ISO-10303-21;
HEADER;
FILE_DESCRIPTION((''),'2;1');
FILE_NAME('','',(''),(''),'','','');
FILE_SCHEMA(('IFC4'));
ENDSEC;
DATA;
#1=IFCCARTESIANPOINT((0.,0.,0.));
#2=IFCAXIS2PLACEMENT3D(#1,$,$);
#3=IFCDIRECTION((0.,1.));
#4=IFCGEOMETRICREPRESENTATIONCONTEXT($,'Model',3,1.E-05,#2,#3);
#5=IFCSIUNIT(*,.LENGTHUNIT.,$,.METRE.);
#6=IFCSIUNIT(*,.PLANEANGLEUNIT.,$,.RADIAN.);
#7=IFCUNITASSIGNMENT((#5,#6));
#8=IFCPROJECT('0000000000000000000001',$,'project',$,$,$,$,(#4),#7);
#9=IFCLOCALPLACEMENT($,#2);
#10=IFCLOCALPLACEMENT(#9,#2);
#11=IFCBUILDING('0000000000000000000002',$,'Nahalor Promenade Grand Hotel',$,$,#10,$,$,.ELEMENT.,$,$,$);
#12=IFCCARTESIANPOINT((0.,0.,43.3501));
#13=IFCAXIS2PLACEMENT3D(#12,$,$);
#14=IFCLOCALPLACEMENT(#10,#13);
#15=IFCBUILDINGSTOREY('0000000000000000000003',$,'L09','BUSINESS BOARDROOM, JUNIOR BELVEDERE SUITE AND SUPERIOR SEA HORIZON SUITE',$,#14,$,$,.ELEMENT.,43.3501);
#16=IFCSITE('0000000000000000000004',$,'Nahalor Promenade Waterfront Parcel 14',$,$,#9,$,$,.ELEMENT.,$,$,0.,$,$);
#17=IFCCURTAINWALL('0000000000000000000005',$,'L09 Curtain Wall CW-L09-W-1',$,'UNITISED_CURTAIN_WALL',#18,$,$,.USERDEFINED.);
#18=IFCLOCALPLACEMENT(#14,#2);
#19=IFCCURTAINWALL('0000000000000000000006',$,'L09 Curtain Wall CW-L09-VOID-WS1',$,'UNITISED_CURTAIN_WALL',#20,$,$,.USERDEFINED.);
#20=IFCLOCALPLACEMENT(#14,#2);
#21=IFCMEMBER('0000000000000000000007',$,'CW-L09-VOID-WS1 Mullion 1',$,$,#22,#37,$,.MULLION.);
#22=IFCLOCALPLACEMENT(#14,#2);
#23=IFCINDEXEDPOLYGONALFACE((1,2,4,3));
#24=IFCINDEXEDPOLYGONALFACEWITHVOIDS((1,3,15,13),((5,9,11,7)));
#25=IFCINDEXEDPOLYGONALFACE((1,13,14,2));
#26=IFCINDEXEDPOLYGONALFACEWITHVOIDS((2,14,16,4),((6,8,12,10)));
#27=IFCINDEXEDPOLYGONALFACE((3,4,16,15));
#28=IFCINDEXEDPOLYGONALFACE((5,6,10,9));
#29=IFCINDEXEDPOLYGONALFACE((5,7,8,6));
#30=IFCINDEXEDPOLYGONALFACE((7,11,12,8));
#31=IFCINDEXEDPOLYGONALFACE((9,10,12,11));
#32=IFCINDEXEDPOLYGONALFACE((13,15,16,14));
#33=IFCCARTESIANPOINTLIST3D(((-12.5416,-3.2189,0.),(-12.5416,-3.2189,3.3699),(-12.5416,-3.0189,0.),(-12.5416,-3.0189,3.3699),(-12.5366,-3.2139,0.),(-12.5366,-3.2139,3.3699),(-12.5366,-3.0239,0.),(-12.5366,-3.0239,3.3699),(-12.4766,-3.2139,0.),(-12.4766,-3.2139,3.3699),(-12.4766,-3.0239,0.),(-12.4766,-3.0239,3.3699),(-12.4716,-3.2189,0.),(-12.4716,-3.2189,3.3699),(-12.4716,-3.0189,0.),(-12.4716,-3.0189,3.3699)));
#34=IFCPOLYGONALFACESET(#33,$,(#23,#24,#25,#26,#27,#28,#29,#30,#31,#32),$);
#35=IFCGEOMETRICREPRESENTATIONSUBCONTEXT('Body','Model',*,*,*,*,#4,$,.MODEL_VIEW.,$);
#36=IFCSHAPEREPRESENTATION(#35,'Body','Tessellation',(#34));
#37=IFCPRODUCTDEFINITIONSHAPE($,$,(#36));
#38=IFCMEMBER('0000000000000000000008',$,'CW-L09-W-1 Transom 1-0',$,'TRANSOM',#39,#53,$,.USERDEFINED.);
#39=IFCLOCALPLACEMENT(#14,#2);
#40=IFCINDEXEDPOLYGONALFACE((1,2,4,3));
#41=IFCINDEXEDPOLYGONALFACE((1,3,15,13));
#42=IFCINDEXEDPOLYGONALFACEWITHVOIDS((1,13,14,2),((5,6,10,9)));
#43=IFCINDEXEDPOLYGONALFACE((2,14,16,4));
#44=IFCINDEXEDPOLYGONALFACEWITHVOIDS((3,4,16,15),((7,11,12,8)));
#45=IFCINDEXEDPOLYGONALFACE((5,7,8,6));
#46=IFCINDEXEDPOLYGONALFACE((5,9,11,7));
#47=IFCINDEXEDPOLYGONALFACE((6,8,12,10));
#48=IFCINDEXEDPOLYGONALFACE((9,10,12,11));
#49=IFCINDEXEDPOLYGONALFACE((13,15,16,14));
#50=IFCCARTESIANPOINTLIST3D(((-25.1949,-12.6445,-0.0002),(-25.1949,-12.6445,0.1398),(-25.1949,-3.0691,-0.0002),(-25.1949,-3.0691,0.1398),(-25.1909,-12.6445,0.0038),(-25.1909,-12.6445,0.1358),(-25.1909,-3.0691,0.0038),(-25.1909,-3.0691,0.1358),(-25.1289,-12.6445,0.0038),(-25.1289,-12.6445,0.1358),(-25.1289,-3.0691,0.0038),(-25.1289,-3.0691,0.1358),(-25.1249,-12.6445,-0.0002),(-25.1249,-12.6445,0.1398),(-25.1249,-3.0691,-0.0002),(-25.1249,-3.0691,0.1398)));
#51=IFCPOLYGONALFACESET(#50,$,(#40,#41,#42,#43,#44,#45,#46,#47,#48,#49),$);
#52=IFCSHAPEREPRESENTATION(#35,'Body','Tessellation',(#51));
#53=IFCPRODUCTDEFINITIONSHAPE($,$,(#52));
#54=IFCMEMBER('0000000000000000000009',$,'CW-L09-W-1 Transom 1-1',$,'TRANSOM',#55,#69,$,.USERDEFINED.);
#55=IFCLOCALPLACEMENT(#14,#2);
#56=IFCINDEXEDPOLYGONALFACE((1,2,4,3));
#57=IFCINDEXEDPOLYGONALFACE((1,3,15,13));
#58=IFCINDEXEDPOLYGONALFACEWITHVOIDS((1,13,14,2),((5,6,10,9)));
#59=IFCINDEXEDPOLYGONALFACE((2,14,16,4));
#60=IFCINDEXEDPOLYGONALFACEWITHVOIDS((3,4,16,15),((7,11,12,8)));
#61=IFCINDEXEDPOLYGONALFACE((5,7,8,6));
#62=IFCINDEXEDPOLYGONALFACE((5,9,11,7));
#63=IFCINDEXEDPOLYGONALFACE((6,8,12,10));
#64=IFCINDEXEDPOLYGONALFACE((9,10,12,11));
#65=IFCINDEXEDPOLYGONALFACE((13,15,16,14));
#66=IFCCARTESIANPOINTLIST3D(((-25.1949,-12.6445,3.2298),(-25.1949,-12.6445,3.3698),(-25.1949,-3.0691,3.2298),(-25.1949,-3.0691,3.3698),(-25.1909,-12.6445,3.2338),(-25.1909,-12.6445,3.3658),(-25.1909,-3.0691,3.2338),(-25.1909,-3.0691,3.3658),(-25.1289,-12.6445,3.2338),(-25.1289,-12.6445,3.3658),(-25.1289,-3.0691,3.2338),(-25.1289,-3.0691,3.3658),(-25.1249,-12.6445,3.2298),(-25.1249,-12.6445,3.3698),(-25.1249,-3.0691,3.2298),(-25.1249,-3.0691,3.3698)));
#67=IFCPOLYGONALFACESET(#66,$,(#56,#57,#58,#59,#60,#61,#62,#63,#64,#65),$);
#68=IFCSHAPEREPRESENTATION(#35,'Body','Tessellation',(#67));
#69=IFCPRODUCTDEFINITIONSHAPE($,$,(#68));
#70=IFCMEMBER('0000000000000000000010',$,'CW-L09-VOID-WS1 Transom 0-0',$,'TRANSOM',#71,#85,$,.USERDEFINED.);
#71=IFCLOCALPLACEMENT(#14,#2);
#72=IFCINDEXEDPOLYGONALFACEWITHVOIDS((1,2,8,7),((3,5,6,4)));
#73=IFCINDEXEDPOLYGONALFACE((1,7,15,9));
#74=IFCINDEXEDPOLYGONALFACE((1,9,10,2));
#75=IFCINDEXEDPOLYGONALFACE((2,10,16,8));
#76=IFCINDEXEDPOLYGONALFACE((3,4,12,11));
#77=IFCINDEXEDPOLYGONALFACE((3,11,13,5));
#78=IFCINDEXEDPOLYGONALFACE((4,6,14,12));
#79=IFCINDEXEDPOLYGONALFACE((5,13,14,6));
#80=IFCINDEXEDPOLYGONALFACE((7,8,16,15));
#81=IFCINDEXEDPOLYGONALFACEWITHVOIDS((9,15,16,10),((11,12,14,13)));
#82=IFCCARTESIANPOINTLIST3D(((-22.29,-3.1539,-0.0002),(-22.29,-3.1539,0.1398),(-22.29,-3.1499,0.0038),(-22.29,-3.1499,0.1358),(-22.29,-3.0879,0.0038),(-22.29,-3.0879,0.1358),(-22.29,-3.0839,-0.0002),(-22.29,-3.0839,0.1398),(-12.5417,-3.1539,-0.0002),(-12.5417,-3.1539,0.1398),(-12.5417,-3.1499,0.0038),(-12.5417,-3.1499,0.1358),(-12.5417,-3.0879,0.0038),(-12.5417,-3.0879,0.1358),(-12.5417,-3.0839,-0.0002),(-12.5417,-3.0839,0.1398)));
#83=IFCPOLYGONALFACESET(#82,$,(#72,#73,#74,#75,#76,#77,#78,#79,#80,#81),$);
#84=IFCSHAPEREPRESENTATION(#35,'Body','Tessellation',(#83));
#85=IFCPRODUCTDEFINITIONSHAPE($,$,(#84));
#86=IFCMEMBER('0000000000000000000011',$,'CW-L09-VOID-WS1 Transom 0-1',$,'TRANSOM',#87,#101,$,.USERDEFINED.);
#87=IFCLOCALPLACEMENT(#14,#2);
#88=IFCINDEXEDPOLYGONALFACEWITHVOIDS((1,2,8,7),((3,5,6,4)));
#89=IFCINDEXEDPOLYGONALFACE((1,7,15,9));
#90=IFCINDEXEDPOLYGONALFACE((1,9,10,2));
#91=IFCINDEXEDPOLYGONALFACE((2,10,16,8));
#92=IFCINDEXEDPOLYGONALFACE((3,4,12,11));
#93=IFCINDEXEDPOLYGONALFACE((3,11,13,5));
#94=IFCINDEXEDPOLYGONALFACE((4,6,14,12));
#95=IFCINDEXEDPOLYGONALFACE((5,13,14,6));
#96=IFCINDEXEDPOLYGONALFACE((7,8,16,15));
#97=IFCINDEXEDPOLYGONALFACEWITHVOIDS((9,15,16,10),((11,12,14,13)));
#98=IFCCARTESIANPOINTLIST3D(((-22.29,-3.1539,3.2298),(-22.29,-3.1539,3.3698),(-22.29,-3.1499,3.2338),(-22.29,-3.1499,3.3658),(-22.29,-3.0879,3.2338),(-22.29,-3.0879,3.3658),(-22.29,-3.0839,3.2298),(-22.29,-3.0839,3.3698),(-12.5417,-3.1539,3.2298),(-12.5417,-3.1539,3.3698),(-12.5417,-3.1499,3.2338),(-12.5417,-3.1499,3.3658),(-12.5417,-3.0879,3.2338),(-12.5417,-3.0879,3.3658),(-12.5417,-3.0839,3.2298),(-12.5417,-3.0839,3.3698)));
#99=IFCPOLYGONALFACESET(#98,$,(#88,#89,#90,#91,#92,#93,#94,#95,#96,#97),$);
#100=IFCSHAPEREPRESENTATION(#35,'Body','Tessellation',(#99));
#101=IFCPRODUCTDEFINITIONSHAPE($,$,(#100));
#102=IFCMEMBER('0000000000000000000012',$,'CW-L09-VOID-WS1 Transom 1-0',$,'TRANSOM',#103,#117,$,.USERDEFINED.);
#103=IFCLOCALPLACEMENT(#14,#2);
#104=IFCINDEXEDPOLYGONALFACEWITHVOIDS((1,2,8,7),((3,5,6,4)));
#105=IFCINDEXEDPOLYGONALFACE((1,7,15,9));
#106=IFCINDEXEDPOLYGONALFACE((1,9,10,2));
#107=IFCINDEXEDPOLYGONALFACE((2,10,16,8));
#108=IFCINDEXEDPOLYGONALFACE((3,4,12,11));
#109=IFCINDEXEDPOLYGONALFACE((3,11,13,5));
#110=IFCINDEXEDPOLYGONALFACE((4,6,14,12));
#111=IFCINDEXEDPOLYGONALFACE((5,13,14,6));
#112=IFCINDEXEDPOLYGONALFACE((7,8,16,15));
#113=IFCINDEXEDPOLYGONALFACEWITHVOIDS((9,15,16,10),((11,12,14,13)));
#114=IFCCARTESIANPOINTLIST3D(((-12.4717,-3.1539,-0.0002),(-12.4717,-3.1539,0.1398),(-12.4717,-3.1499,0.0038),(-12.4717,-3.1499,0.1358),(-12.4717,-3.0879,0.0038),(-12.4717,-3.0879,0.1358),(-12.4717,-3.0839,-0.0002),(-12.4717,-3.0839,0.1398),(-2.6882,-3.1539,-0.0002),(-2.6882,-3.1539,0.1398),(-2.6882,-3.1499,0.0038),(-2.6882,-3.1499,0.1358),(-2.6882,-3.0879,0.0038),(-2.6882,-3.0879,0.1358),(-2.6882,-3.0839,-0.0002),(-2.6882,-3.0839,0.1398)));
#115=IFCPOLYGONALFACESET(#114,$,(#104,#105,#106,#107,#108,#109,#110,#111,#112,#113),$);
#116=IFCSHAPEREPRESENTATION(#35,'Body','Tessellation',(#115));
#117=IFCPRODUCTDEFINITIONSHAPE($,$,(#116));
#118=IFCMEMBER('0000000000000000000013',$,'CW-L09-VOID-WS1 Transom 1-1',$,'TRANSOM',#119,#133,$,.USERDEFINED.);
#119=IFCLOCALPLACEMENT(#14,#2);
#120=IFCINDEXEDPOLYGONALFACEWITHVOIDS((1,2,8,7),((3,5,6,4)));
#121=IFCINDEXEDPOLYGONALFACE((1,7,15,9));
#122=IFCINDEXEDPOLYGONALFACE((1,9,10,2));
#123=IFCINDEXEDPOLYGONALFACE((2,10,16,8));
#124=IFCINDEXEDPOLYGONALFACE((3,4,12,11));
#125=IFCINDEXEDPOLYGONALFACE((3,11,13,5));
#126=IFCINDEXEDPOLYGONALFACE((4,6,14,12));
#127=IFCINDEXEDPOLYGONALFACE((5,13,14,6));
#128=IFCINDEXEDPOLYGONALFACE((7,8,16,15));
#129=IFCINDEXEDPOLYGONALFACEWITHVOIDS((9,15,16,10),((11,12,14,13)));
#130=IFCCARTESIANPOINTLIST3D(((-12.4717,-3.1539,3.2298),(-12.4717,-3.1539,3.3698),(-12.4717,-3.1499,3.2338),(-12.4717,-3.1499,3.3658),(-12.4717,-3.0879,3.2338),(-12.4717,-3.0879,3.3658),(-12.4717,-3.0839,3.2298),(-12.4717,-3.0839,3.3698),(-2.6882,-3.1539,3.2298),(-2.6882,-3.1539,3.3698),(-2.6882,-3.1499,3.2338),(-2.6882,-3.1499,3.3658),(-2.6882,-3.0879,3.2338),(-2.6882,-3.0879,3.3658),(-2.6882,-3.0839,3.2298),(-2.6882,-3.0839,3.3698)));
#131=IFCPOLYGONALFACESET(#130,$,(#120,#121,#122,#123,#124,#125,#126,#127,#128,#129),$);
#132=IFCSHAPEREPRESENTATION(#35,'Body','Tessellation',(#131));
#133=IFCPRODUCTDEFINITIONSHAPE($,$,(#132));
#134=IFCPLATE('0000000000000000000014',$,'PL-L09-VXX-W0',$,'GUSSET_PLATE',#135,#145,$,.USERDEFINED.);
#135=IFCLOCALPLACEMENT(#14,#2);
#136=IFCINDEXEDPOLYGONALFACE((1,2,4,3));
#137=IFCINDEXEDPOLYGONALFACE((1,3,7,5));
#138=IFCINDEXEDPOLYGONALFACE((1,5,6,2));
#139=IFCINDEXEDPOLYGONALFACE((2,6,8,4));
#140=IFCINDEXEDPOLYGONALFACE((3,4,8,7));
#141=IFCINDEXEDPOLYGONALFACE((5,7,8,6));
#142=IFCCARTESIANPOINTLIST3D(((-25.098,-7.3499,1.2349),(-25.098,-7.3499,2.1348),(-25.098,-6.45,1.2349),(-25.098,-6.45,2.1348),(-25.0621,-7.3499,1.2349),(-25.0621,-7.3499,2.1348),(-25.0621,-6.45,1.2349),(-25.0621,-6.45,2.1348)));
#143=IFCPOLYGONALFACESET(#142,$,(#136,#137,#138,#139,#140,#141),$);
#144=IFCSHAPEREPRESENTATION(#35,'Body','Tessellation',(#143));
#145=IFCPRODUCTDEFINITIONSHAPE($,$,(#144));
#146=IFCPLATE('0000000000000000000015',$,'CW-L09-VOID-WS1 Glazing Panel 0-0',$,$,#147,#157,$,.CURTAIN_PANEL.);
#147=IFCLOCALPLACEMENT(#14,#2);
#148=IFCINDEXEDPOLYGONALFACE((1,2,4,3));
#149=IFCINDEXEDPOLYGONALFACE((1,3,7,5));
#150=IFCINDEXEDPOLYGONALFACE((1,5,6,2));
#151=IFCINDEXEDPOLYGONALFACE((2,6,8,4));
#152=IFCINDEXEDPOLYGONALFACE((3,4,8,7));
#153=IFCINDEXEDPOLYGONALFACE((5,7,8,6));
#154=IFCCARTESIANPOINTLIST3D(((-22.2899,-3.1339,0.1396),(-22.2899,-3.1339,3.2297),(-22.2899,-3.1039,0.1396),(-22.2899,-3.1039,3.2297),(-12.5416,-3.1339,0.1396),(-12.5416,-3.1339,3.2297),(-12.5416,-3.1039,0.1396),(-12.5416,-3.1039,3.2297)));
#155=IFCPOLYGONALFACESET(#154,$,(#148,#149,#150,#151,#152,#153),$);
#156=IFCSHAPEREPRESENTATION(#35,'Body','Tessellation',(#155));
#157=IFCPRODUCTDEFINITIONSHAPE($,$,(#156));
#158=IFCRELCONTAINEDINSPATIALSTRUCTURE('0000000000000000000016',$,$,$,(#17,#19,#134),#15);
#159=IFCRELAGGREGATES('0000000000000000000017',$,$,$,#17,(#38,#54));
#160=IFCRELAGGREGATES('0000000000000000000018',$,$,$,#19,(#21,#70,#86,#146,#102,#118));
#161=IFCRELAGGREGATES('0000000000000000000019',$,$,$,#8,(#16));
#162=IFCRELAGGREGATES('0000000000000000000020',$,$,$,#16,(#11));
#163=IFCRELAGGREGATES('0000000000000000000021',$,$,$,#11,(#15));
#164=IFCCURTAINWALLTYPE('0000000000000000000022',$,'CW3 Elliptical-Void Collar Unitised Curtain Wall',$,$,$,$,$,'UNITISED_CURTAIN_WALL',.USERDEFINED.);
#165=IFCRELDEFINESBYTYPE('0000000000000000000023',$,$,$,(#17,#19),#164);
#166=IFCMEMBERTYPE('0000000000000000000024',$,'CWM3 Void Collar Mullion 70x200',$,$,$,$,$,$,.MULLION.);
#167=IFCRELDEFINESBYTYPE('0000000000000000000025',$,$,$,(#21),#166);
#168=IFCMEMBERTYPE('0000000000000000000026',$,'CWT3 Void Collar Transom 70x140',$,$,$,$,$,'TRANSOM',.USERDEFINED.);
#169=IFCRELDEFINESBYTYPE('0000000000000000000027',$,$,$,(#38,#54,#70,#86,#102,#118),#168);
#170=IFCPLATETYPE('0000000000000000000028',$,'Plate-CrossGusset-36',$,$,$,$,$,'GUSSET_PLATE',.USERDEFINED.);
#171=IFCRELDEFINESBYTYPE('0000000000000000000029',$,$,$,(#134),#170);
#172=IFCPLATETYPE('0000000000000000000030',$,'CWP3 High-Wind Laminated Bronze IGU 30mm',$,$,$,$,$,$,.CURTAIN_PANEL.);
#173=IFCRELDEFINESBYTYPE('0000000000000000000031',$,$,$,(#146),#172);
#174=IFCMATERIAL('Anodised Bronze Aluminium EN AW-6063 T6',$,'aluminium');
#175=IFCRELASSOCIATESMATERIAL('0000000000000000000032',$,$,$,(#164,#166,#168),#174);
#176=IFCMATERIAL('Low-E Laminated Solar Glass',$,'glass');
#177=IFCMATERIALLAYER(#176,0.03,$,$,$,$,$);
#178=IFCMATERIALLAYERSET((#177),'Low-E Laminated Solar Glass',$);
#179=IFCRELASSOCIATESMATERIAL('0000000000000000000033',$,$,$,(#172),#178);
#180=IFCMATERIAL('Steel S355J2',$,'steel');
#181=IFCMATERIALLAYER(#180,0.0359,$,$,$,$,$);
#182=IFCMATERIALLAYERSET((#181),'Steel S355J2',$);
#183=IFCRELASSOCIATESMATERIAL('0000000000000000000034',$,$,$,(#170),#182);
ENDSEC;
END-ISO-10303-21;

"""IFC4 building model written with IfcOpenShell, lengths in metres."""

from ifc_helpers import new_model, si_unit, direction, frame, origin, origin_2d, place, context, subcontext, project, spatial, rectangle, hollow_rectangle, extrude, source, transform, mapped, material, layer, layer_set, material_profile, profile_set, type_object, element, aggregate, save


model = new_model("IFC4")

# Units and contexts
model_context = context("Model", 3, precision=1e-05, world=origin(), true_north=direction((0.0, 1.0)))
body_context = subcontext(model_context, "Body", "Model", "MODEL_VIEW")
ifc_project = project(units=[si_unit("LENGTHUNIT", "METRE"), si_unit("PLANEANGLEUNIT", "RADIAN")], contexts=[model_context])

# Site, building, storey
site_placement = place(None, origin())
site = spatial("IfcSite", under=ifc_project, at=site_placement, Name="Nahalor Promenade Waterfront Parcel 14", CompositionType="ELEMENT", RefElevation=0.0)
building_placement = place(site_placement, origin())
building = spatial("IfcBuilding", under=site, at=building_placement, Name="Nahalor Promenade Grand Hotel", CompositionType="ELEMENT")
storey_placement = place(building_placement, frame((0.0, 0.0, 43.3501)))
storey = spatial("IfcBuildingStorey", under=building, at=storey_placement, Name="L09", Description="BUSINESS BOARDROOM, JUNIOR BELVEDERE SUITE AND SUPERIOR SEA HORIZON SUITE", CompositionType="ELEMENT", Elevation=43.3501)

# Shared definitions
ifc_material_1 = material(Name="Steel S355J2", Category="steel")

# Curtain wall
ifc_material_2 = material(Name="Anodised Bronze Aluminium EN AW-6063 T6", Category="aluminium")
curtain_wall_type = type_object("IfcCurtainWallType", Name="CW3 Elliptical-Void Collar Unitised Curtain Wall", ElementType="UNITISED_CURTAIN_WALL", PredefinedType="USERDEFINED", material=ifc_material_2)
curtain_wall_1_placement = place(storey_placement, origin())
curtain_wall_1 = element("IfcCurtainWall", 1, at=curtain_wall_1_placement, inside=storey, type_object=curtain_wall_type, Name="L09 Curtain Wall CW-L09-W-1", ObjectType="UNITISED_CURTAIN_WALL", PredefinedType="USERDEFINED")
ifc_material_profile_1 = material_profile(ifc_material_2, hollow_rectangle(XDim=0.07, YDim=0.2, WallThickness=0.005, at=origin_2d()), Name="CWM 70x200x5")
ifc_profile_set_1 = profile_set([ifc_material_profile_1], Name="Anodised Bronze Aluminium EN AW-6063 T6")
member_type_1 = type_object("IfcMemberType", Name="CWM3 Void Collar Mullion 70x200", PredefinedType="MULLION", material=ifc_profile_set_1)
shared_shape_1 = source(origin(), body_context, "Body", "SweptSolid", [
    extrude(hollow_rectangle(XDim=0.07, YDim=0.2, WallThickness=0.005, at=origin_2d()), origin(), (0.0, 0.0, 1.0), 3.3699),
])

# Curtain wall, member
curtain_wall_2_placement = place(storey_placement, origin())
curtain_wall_2 = element("IfcCurtainWall", 2, at=curtain_wall_2_placement, inside=storey, type_object=curtain_wall_type, Name="L09 Curtain Wall CW-L09-VOID-WS1", ObjectType="UNITISED_CURTAIN_WALL", PredefinedType="USERDEFINED")
member_1_placement = place(storey_placement, frame((-12.5066, -3.1189, 0.0), z_axis=(0.0, 0.0, 1.0), x_axis=(1.0, 0.0, 0.0)))
member_1 = element("IfcMember", 3, at=member_1_placement, type_object=member_type_1, Name="CW-L09-VOID-WS1 Mullion 1", PredefinedType="MULLION", context=body_context, shape_type="MappedRepresentation", body=[
    mapped(shared_shape_1, transform((0.0, 0.0, 0.0), scale=1.0)),
])

# Members
ifc_material_profile_2 = material_profile(ifc_material_2, hollow_rectangle(XDim=0.07, YDim=0.14, WallThickness=0.004, at=origin_2d()), Name="CWT 70x140x4")
ifc_profile_set_2 = profile_set([ifc_material_profile_2], Name="Anodised Bronze Aluminium EN AW-6063 T6")
member_type_2 = type_object("IfcMemberType", Name="CWT3 Void Collar Transom 70x140", ElementType="TRANSOM", PredefinedType="USERDEFINED", material=ifc_profile_set_2)
shared_shape_2 = source(origin(), body_context, "Body", "SweptSolid", [
    extrude(hollow_rectangle(XDim=0.07, YDim=0.14, WallThickness=0.004, at=origin_2d()), origin(), (0.0, 0.0, 1.0), 9.5754),
])
member_2_placement = place(storey_placement, frame((-25.1599, -12.6445, 0.0698), z_axis=(0.0, 1.0, 0.0), x_axis=(-1.0, 0.0, 0.0)))
member_2 = element("IfcMember", 4, at=member_2_placement, type_object=member_type_2, Name="CW-L09-W-1 Transom 1-0", ObjectType="TRANSOM", PredefinedType="USERDEFINED", context=body_context, shape_type="MappedRepresentation", body=[
    mapped(shared_shape_2, transform((0.0, 0.0, 0.0), scale=1.0)),
])
member_3_placement = place(storey_placement, frame((-25.1599, -12.6445, 3.2998), z_axis=(0.0, 1.0, 0.0), x_axis=(-1.0, 0.0, 0.0)))
member_3 = element("IfcMember", 5, at=member_3_placement, type_object=member_type_2, Name="CW-L09-W-1 Transom 1-1", ObjectType="TRANSOM", PredefinedType="USERDEFINED", context=body_context, shape_type="MappedRepresentation", body=[
    mapped(shared_shape_2, transform((0.0, 0.0, 0.0), scale=1.0)),
])
shared_shape_3 = source(origin(), body_context, "Body", "SweptSolid", [
    extrude(hollow_rectangle(XDim=0.07, YDim=0.14, WallThickness=0.004, at=origin_2d()), origin(), (0.0, 0.0, 1.0), 9.7483),
])
member_4_placement = place(storey_placement, frame((-22.29, -3.1189, 0.0698), z_axis=(1.0, 0.0, 0.0), x_axis=(0.0, 1.0, 0.0)))
member_4 = element("IfcMember", 6, at=member_4_placement, type_object=member_type_2, Name="CW-L09-VOID-WS1 Transom 0-0", ObjectType="TRANSOM", PredefinedType="USERDEFINED", context=body_context, shape_type="MappedRepresentation", body=[
    mapped(shared_shape_3, transform((0.0, 0.0, 0.0), scale=1.0)),
])
member_5_placement = place(storey_placement, frame((-22.29, -3.1189, 3.2998), z_axis=(1.0, 0.0, 0.0), x_axis=(0.0, 1.0, 0.0)))
member_5 = element("IfcMember", 7, at=member_5_placement, type_object=member_type_2, Name="CW-L09-VOID-WS1 Transom 0-1", ObjectType="TRANSOM", PredefinedType="USERDEFINED", context=body_context, shape_type="MappedRepresentation", body=[
    mapped(shared_shape_3, transform((0.0, 0.0, 0.0), scale=1.0)),
])
shared_shape_4 = source(origin(), body_context, "Body", "SweptSolid", [
    extrude(hollow_rectangle(XDim=0.07, YDim=0.14, WallThickness=0.004, at=origin_2d()), origin(), (0.0, 0.0, 1.0), 9.7834),
])
member_6_placement = place(storey_placement, frame((-12.4717, -3.1189, 0.0698), z_axis=(1.0, 0.0, 0.0), x_axis=(0.0, 1.0, 0.0)))
member_6 = element("IfcMember", 8, at=member_6_placement, type_object=member_type_2, Name="CW-L09-VOID-WS1 Transom 1-0", ObjectType="TRANSOM", PredefinedType="USERDEFINED", context=body_context, shape_type="MappedRepresentation", body=[
    mapped(shared_shape_4, transform((0.0, 0.0, 0.0), scale=1.0)),
])
member_7_placement = place(storey_placement, frame((-12.4717, -3.1189, 3.2998), z_axis=(1.0, 0.0, 0.0), x_axis=(0.0, 1.0, 0.0)))
member_7 = element("IfcMember", 9, at=member_7_placement, type_object=member_type_2, Name="CW-L09-VOID-WS1 Transom 1-1", ObjectType="TRANSOM", PredefinedType="USERDEFINED", context=body_context, shape_type="MappedRepresentation", body=[
    mapped(shared_shape_4, transform((0.0, 0.0, 0.0), scale=1.0)),
])

# Plates
ifc_material_3 = material(Name="Low-E Laminated Solar Glass", Category="glass")
ifc_layer_1 = layer(ifc_material_3, 0.03)
ifc_layer_set_1 = layer_set([ifc_layer_1], Name="Low-E Laminated Solar Glass")
plate_type_1 = type_object("IfcPlateType", Name="CWP3 High-Wind Laminated Bronze IGU 30mm", PredefinedType="CURTAIN_PANEL", material=ifc_layer_set_1)
aggregate(curtain_wall_1, [member_2, member_3])
ifc_layer_2 = layer(ifc_material_1, 0.0359)
ifc_layer_set_2 = layer_set([ifc_layer_2], Name="Steel S355J2")
plate_type_2 = type_object("IfcPlateType", Name="Plate-CrossGusset-36", ElementType="GUSSET_PLATE", PredefinedType="USERDEFINED", material=ifc_layer_set_2)
shared_shape_5 = source(origin(), body_context, "Body", "SweptSolid", [
    extrude(rectangle(XDim=0.8999, YDim=0.0359, at=origin_2d()), origin(), (0.0, 0.0, 1.0), 0.8999),
])
plate_1_placement = place(storey_placement, frame((-25.0801, -6.8999, 1.2349), z_axis=(0.0, 0.0, 1.0), x_axis=(0.0, 1.0, 0.0)))
element("IfcPlate", 10, at=plate_1_placement, inside=storey, type_object=plate_type_2, Name="PL-L09-VXX-W0", ObjectType="GUSSET_PLATE", PredefinedType="USERDEFINED", context=body_context, shape_type="MappedRepresentation", body=[
    mapped(shared_shape_5, transform((0.0, 0.0, 0.0), scale=1.0)),
])
shared_shape_6 = source(origin(), body_context, "Body", "SweptSolid", [
    extrude(rectangle(XDim=9.7483, YDim=0.03, at=origin_2d()), origin(), (0.0, 0.0, 1.0), 3.0901),
])
plate_2_placement = place(storey_placement, frame((-17.4158, -3.1189, 0.1396), z_axis=(0.0, 0.0, 1.0), x_axis=(1.0, 0.0, 0.0)))
plate_2 = element("IfcPlate", 11, at=plate_2_placement, type_object=plate_type_1, Name="CW-L09-VOID-WS1 Glazing Panel 0-0", PredefinedType="CURTAIN_PANEL", context=body_context, shape_type="MappedRepresentation", body=[
    mapped(shared_shape_6, transform((0.0, 0.0, 0.0), scale=1.0)),
])
aggregate(curtain_wall_2, [member_1, member_4, member_5, plate_2, member_6, member_7])

save(model, "model.ifc")
